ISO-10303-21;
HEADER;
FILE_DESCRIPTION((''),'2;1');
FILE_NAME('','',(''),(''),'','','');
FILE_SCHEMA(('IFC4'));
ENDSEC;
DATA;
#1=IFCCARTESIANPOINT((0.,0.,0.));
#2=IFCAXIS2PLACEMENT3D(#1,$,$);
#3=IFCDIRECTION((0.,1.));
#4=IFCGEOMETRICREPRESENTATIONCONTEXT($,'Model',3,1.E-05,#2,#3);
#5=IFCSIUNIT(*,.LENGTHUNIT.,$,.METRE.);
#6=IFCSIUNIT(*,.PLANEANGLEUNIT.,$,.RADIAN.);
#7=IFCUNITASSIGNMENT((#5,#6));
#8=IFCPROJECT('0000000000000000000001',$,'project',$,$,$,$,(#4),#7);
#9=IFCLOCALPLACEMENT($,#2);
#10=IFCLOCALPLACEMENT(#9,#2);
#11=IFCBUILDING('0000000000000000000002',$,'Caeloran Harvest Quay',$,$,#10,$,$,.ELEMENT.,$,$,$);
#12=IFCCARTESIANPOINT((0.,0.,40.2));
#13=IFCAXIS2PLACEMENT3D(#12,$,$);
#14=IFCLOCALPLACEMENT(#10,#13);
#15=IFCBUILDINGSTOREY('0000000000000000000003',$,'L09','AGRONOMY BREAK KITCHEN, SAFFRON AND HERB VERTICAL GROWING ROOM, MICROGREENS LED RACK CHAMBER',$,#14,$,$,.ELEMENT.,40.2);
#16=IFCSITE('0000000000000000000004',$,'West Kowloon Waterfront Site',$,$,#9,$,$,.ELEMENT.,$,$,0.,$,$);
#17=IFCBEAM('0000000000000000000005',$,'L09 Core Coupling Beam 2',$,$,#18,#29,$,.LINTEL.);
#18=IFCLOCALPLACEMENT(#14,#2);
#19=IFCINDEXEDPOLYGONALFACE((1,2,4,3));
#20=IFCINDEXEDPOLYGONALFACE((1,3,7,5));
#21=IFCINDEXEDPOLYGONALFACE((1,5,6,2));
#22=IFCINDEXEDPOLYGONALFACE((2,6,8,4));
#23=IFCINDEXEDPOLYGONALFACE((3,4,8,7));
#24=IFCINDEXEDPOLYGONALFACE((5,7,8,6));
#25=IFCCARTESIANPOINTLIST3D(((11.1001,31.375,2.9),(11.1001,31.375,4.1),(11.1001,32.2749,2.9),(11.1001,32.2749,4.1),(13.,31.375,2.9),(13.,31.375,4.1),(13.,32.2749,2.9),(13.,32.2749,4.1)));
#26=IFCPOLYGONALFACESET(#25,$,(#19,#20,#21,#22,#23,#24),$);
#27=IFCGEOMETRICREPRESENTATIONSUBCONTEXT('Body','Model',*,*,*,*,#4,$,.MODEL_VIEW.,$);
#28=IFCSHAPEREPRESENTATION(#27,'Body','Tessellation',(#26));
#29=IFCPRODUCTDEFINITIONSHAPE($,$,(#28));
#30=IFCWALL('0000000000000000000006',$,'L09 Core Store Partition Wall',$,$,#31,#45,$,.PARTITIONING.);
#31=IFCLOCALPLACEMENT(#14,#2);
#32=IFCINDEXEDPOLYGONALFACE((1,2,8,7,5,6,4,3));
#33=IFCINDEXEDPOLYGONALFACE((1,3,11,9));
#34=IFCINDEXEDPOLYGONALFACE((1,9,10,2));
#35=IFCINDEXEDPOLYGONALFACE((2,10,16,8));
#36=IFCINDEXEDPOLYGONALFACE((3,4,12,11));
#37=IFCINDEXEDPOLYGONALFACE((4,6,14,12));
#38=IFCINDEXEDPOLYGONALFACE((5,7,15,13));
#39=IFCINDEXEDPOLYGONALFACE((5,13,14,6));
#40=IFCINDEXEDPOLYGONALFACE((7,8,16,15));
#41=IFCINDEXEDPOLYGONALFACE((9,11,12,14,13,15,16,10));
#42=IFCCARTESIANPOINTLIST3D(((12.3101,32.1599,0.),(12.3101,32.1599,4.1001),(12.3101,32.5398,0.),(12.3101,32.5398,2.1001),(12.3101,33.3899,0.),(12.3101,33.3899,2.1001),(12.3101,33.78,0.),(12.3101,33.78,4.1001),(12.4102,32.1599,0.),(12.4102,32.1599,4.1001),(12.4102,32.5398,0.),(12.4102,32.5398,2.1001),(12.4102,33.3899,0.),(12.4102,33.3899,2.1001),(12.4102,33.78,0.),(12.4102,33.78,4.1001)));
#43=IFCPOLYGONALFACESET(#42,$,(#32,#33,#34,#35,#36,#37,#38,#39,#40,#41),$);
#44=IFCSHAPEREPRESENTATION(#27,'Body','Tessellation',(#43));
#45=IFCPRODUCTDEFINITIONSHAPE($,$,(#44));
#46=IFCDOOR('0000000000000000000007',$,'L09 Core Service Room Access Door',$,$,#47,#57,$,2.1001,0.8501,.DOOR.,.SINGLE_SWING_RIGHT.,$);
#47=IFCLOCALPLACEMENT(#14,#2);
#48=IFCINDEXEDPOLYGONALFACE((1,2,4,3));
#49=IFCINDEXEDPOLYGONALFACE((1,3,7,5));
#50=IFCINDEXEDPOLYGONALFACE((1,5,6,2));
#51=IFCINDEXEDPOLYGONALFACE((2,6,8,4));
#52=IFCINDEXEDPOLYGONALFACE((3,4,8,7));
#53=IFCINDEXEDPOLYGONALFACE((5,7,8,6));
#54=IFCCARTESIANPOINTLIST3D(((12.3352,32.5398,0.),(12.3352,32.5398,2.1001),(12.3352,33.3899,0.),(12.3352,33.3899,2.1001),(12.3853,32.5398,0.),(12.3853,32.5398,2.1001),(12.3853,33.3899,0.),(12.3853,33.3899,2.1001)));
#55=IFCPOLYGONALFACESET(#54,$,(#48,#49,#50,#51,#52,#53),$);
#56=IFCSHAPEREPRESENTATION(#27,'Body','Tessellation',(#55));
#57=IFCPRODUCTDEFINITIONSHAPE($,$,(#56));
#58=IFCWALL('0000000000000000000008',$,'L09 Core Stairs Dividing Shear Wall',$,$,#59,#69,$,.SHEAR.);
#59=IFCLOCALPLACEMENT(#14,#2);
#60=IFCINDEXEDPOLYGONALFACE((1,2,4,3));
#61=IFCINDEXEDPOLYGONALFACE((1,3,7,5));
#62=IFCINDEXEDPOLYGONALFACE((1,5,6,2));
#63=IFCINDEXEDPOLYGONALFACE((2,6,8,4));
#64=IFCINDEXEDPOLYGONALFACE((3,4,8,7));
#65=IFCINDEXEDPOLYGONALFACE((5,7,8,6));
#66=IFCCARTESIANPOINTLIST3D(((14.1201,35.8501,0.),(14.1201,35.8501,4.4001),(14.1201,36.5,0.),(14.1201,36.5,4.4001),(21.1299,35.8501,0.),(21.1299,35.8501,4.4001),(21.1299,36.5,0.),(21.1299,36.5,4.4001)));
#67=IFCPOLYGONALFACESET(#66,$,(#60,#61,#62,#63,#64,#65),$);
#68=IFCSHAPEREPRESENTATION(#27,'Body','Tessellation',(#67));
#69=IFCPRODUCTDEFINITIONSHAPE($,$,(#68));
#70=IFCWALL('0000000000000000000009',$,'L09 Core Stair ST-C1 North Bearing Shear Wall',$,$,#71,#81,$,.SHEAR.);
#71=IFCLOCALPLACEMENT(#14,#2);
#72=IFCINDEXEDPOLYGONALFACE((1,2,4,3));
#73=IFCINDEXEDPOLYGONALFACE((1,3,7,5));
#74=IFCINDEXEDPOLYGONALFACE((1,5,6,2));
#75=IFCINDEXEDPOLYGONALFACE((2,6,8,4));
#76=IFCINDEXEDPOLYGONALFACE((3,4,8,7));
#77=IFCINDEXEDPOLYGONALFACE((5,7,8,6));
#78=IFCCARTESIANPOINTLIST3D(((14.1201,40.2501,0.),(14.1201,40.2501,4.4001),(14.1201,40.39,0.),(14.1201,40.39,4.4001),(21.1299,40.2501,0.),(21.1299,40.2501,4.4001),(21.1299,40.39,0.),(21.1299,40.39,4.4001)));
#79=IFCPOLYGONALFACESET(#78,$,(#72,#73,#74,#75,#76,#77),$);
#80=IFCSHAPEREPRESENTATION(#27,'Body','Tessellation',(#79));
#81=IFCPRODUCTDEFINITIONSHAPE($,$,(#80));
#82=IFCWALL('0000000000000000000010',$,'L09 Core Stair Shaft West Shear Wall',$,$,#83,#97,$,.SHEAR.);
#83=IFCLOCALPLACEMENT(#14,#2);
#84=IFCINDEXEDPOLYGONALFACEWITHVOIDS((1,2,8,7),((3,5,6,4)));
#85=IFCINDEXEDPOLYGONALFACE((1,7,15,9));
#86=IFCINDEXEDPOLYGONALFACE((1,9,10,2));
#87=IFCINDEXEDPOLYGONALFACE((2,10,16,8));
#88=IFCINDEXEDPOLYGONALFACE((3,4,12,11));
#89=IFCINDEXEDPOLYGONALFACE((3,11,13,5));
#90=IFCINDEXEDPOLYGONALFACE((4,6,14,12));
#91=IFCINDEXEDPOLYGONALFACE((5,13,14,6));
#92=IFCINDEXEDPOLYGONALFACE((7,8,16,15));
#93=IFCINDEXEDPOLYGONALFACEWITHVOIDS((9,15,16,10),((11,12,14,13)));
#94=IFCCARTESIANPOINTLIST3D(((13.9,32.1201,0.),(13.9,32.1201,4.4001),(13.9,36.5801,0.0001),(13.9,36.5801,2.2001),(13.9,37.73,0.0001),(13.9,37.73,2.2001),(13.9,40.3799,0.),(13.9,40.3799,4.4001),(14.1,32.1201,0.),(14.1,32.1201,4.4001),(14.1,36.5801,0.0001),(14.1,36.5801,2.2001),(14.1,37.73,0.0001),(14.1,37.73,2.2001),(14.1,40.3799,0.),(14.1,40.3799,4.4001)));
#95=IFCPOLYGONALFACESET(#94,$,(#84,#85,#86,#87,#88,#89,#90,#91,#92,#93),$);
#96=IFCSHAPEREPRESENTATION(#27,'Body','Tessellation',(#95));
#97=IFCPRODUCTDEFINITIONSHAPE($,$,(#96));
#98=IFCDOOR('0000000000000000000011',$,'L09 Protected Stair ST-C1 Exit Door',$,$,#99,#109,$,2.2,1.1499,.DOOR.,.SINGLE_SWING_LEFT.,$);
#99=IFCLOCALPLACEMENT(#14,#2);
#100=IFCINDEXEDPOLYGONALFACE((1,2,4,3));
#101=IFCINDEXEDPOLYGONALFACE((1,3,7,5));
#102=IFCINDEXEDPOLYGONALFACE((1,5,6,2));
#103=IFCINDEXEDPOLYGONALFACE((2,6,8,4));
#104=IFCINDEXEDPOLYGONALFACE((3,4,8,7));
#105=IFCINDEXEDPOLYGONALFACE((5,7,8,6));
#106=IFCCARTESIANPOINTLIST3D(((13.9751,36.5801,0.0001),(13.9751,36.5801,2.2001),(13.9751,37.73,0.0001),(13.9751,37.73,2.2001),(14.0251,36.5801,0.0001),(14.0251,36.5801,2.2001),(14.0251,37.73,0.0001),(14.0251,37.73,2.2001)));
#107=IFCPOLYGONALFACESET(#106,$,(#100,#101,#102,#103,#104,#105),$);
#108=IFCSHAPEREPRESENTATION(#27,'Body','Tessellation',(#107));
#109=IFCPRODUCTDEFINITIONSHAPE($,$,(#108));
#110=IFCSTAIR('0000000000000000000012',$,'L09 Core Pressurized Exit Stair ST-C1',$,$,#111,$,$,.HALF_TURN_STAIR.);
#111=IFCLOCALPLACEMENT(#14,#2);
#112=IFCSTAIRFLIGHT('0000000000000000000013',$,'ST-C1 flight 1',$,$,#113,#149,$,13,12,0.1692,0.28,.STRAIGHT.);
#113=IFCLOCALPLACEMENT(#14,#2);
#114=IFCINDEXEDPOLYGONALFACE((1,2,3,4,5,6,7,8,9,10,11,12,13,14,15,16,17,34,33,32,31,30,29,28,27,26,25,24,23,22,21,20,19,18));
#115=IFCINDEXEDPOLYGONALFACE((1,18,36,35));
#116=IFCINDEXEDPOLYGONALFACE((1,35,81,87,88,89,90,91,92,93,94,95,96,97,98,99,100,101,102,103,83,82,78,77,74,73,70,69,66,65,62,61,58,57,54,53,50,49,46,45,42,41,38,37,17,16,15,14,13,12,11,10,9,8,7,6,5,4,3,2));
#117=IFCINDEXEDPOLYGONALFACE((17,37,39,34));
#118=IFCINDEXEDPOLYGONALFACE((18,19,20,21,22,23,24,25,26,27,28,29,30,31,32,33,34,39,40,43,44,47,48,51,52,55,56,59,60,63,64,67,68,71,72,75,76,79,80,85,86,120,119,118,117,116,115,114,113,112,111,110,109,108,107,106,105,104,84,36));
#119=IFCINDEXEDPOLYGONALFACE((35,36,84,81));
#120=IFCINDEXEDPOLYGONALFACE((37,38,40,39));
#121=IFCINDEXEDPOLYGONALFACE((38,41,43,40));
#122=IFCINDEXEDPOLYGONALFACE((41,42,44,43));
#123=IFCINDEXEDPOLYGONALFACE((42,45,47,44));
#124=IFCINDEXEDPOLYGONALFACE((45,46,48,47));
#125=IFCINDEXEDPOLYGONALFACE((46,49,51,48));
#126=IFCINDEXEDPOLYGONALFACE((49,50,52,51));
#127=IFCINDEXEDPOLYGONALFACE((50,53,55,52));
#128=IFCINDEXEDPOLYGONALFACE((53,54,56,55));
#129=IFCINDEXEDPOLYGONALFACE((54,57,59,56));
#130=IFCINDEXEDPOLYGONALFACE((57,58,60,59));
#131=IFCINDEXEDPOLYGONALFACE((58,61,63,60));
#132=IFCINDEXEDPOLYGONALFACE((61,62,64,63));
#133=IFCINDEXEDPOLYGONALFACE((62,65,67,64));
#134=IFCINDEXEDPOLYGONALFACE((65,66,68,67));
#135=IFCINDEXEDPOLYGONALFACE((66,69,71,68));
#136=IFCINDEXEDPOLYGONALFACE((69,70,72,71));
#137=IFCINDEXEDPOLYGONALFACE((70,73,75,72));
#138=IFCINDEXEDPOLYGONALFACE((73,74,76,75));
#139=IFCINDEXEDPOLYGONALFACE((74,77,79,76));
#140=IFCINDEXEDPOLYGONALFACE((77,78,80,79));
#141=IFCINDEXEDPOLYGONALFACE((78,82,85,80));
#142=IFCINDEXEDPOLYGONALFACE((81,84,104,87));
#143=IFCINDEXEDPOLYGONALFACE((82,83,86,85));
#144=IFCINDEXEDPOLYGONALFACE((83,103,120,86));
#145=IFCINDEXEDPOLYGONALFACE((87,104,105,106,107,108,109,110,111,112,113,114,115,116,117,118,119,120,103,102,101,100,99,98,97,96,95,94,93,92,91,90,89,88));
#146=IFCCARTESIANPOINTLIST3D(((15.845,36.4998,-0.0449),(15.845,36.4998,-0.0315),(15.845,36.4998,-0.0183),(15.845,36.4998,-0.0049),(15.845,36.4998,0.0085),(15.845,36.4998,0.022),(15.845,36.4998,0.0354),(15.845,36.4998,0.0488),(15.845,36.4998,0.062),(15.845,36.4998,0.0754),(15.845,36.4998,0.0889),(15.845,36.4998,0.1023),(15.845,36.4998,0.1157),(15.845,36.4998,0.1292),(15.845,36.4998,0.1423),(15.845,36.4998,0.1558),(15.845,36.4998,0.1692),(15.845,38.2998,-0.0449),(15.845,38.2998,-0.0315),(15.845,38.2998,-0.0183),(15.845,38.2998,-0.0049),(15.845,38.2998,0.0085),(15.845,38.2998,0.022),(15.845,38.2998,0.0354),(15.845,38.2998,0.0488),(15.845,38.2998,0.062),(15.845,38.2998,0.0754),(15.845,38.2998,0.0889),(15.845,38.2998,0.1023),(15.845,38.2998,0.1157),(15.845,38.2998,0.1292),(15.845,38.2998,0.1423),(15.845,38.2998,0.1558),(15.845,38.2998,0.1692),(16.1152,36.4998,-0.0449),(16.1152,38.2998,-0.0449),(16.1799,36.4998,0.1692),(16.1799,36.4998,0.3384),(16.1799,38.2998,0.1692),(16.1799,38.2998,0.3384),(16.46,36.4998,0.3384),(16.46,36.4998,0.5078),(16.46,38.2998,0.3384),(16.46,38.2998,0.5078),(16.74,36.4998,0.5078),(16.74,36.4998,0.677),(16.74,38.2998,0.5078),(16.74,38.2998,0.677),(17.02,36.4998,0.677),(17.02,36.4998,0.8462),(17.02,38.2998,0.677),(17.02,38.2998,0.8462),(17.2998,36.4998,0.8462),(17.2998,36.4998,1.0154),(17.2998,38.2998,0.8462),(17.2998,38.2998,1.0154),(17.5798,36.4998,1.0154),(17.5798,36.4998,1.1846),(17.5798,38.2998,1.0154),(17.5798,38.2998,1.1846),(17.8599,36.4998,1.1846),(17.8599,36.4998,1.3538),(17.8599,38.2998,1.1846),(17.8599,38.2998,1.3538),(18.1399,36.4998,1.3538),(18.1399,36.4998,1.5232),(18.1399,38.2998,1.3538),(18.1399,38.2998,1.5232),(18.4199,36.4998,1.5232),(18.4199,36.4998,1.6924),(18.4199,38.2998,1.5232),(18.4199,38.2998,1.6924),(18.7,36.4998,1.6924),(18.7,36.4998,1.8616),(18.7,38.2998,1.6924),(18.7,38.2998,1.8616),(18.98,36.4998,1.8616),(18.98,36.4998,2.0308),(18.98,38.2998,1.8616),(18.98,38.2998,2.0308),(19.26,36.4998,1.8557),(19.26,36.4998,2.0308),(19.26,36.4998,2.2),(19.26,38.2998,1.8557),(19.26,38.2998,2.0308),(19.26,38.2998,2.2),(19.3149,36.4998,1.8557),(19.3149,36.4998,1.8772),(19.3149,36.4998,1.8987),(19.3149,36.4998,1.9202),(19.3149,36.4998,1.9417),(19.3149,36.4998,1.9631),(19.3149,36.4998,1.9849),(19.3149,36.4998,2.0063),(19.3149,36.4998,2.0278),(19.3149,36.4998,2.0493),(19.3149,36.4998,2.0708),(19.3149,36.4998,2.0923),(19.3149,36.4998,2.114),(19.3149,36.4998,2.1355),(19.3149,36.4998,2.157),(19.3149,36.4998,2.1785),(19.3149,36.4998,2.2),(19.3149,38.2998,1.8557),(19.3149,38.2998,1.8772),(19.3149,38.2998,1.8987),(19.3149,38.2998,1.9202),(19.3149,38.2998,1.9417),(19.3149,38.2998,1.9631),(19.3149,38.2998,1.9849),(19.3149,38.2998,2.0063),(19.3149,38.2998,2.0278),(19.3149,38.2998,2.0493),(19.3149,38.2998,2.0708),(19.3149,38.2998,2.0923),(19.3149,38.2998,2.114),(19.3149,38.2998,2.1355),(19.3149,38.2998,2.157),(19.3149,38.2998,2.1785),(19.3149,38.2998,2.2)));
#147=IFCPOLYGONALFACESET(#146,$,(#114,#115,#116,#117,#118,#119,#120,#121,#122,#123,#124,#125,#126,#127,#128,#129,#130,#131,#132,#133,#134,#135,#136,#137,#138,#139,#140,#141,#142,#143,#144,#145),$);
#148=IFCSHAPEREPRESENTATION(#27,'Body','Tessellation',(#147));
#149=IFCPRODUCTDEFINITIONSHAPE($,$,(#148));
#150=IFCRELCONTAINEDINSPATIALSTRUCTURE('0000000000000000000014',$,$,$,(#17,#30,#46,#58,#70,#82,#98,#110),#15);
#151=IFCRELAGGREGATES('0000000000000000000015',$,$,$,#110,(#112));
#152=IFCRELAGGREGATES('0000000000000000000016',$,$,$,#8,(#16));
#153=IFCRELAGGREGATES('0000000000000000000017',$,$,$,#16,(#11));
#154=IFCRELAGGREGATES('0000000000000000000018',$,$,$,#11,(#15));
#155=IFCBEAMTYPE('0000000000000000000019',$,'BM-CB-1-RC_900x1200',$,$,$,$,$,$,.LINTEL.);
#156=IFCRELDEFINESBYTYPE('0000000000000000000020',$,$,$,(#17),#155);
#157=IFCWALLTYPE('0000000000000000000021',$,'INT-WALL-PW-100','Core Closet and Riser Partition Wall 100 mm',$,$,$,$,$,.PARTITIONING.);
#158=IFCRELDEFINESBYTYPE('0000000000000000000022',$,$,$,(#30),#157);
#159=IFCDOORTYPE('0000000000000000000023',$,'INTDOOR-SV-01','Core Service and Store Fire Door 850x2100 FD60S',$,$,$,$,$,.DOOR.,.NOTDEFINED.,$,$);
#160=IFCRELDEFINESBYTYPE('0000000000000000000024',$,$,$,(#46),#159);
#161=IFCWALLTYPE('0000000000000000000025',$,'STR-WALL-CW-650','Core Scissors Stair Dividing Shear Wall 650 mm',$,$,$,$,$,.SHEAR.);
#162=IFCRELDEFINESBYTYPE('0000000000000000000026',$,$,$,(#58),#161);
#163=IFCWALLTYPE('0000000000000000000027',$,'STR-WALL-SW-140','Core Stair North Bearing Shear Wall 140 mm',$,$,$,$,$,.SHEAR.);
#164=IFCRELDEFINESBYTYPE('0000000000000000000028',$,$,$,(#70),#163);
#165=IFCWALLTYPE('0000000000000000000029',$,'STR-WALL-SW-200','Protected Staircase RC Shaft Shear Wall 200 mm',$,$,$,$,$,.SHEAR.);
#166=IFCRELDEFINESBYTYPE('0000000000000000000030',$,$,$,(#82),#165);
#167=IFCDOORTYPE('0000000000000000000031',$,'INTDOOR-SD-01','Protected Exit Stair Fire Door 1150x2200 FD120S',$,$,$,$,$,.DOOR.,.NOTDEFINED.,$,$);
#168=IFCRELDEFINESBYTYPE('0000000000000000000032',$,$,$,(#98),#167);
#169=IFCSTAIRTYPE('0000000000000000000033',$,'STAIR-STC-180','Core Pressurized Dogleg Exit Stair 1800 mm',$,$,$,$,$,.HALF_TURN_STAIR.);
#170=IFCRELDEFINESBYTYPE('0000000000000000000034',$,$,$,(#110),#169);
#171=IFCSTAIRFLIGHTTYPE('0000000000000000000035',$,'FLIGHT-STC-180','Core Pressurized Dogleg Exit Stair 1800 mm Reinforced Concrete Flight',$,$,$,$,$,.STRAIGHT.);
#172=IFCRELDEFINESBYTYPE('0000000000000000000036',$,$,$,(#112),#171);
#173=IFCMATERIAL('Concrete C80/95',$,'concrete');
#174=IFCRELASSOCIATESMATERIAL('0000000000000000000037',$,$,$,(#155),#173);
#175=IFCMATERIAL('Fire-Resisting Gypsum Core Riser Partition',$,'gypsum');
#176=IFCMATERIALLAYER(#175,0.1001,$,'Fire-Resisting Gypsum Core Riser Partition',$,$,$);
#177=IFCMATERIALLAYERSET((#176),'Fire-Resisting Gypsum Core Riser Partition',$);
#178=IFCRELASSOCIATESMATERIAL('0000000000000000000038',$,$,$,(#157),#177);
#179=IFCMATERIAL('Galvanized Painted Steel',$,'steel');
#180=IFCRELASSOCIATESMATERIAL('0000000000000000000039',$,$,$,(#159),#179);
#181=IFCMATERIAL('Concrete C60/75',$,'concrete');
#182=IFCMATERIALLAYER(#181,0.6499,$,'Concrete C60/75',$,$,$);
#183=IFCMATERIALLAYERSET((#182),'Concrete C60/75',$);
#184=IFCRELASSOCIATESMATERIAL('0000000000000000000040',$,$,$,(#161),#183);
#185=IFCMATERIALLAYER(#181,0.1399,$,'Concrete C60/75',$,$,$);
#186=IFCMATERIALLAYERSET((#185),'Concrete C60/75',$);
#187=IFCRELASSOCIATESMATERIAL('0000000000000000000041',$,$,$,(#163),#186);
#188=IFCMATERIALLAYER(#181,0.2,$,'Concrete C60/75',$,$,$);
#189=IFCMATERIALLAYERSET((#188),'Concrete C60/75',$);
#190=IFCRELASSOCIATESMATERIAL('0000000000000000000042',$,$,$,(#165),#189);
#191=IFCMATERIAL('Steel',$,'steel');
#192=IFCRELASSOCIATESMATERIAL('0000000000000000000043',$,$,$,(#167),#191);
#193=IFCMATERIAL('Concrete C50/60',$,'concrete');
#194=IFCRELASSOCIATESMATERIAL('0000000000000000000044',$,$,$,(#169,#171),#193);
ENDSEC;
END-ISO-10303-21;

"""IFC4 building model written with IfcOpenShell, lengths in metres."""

from ifc_helpers import new_model, si_unit, direction, frame, frame_2d, origin, origin_2d, place, context, subcontext, project, spatial, polyline, rectangle, outline, extrude, material, layer, layer_set, material_profile, profile_set, type_object, element, fill, aggregate, save


model = new_model("IFC4")

# Units and contexts
model_context = context("Model", 3, precision=1e-05, world=origin(), true_north=direction((0.0, 1.0)))
body_context = subcontext(model_context, "Body", "Model", "MODEL_VIEW")
ifc_project = project(units=[si_unit("LENGTHUNIT", "METRE"), si_unit("PLANEANGLEUNIT", "RADIAN")], contexts=[model_context])

# Site, building, storey
site_placement = place(None, origin())
site = spatial("IfcSite", under=ifc_project, at=site_placement, Name="West Kowloon Waterfront Site", CompositionType="ELEMENT", RefElevation=0.0)
building_placement = place(site_placement, origin())
building = spatial("IfcBuilding", under=site, at=building_placement, Name="Caeloran Harvest Quay", CompositionType="ELEMENT")
storey_placement = place(building_placement, frame((0.0, 0.0, 40.2)))
storey = spatial("IfcBuildingStorey", under=building, at=storey_placement, Name="L09", Description="AGRONOMY BREAK KITCHEN, SAFFRON AND HERB VERTICAL GROWING ROOM, MICROGREENS LED RACK CHAMBER", CompositionType="ELEMENT", Elevation=40.2)

# Beam
ifc_material_1 = material(Name="Concrete C80/95", Category="concrete")
ifc_material_profile = material_profile(ifc_material_1, rectangle(XDim=0.8999, YDim=1.2, at=origin_2d()), Name="RC 900x1200")
ifc_profile_set = profile_set([ifc_material_profile], Name="Concrete C80/95")
beam_type = type_object("IfcBeamType", Name="BM-CB-1-RC_900x1200", PredefinedType="LINTEL", material=ifc_profile_set)
beam_placement = place(storey_placement, frame((11.1001, 31.825, 3.5), z_axis=(1.0, 0.0, 0.0), x_axis=(0.0, 1.0, 0.0)))
element("IfcBeam", 1, at=beam_placement, inside=storey, type_object=beam_type, Name="L09 Core Coupling Beam 2", PredefinedType="LINTEL", context=body_context, shape_type="SweptSolid", body=[
    extrude(rectangle(XDim=0.8999, YDim=1.2, at=origin_2d()), origin(), (0.0, 0.0, 1.0), 1.8999),
])

# Wall, opening, door
ifc_material_2 = material(Name="Fire-Resisting Gypsum Core Riser Partition", Category="gypsum")
ifc_layer_1 = layer(ifc_material_2, 0.1001, Name="Fire-Resisting Gypsum Core Riser Partition")
ifc_layer_set_1 = layer_set([ifc_layer_1], Name="Fire-Resisting Gypsum Core Riser Partition")
wall_type_1 = type_object("IfcWallType", Name="INT-WALL-PW-100", Description="Core Closet and Riser Partition Wall 100 mm", PredefinedType="PARTITIONING", material=ifc_layer_set_1)
wall_1_placement = place(storey_placement, frame((12.3601, 32.1599, 0.0), z_axis=(0.0, 0.0, 1.0), x_axis=(0.0, 1.0, 0.0)))
wall_1 = element("IfcWall", 2, at=wall_1_placement, inside=storey, type_object=wall_type_1, Name="L09 Core Store Partition Wall", PredefinedType="PARTITIONING", context=body_context, shape_type="SweptSolid", body=[
    extrude(rectangle(XDim=1.6201, YDim=0.1001, at=frame_2d((0.8101, 0.0))), origin(), (0.0, 0.0, 1.0), 4.1001),
])
opening_1_placement = place(wall_1_placement, frame((0.3799, 0.0, 0.0)))
opening_1 = element("IfcOpeningElement", 3, at=opening_1_placement, cuts=wall_1, PredefinedType="OPENING", context=body_context, shape_type="SweptSolid", body=[
    extrude(rectangle(XDim=0.8501, YDim=2.1001, at=frame_2d((0.425, 1.05))), frame((0.0, 0.0601, 0.0), z_axis=(0.0, -1.0, 0.0), x_axis=(1.0, 0.0, 0.0)), (0.0, 0.0, 1.0), 0.1201),
])
ifc_material_3 = material(Name="Galvanized Painted Steel", Category="steel")
door_type_1 = type_object("IfcDoorType", Name="INTDOOR-SV-01", Description="Core Service and Store Fire Door 850x2100 FD60S", OperationType="NOTDEFINED", PredefinedType="DOOR", material=ifc_material_3)
door_1_placement = place(opening_1_placement, origin())
door_1 = element("IfcDoor", 4, at=door_1_placement, inside=storey, type_object=door_type_1, Name="L09 Core Service Room Access Door", OperationType="SINGLE_SWING_RIGHT", OverallHeight=2.1001, OverallWidth=0.8501, PredefinedType="DOOR", context=body_context, shape_type="SweptSolid", body=[
    extrude(rectangle(XDim=0.8501, YDim=2.1001, at=frame_2d((0.425, 1.05))), frame((0.0, 0.0249, 0.0), z_axis=(0.0, -1.0, 0.0), x_axis=(1.0, 0.0, 0.0)), (0.0, 0.0, 1.0), 0.05),
])
fill(opening_1, door_1)

# Walls
ifc_material_4 = material(Name="Concrete C60/75", Category="concrete")
ifc_layer_2 = layer(ifc_material_4, 0.6499, Name="Concrete C60/75")
ifc_layer_set_2 = layer_set([ifc_layer_2], Name="Concrete C60/75")
wall_type_2 = type_object("IfcWallType", Name="STR-WALL-CW-650", Description="Core Scissors Stair Dividing Shear Wall 650 mm", PredefinedType="SHEAR", material=ifc_layer_set_2)
wall_2_placement = place(storey_placement, frame((14.1201, 36.175, 0.0), z_axis=(0.0, 0.0, 1.0), x_axis=(1.0, 0.0, 0.0)))
element("IfcWall", 5, at=wall_2_placement, inside=storey, type_object=wall_type_2, Name="L09 Core Stairs Dividing Shear Wall", PredefinedType="SHEAR", context=body_context, shape_type="SweptSolid", body=[
    extrude(rectangle(XDim=7.0098, YDim=0.6499, at=frame_2d((3.5049, 0.0))), origin(), (0.0, 0.0, 1.0), 4.4001),
])
ifc_layer_3 = layer(ifc_material_4, 0.1399, Name="Concrete C60/75")
ifc_layer_set_3 = layer_set([ifc_layer_3], Name="Concrete C60/75")
wall_type_3 = type_object("IfcWallType", Name="STR-WALL-SW-140", Description="Core Stair North Bearing Shear Wall 140 mm", PredefinedType="SHEAR", material=ifc_layer_set_3)
wall_3_placement = place(storey_placement, frame((14.1201, 40.3201, 0.0), z_axis=(0.0, 0.0, 1.0), x_axis=(1.0, 0.0, 0.0)))
element("IfcWall", 6, at=wall_3_placement, inside=storey, type_object=wall_type_3, Name="L09 Core Stair ST-C1 North Bearing Shear Wall", PredefinedType="SHEAR", context=body_context, shape_type="SweptSolid", body=[
    extrude(rectangle(XDim=7.0098, YDim=0.1399, at=frame_2d((3.5049, 0.0))), origin(), (0.0, 0.0, 1.0), 4.4001),
])

# Wall, opening, door
ifc_layer_4 = layer(ifc_material_4, 0.2, Name="Concrete C60/75")
ifc_layer_set_4 = layer_set([ifc_layer_4], Name="Concrete C60/75")
wall_type_4 = type_object("IfcWallType", Name="STR-WALL-SW-200", Description="Protected Staircase RC Shaft Shear Wall 200 mm", PredefinedType="SHEAR", material=ifc_layer_set_4)
wall_4_placement = place(storey_placement, frame((14.0, 32.1201, 0.0), z_axis=(0.0, 0.0, 1.0), x_axis=(0.0, 1.0, 0.0)))
wall_4 = element("IfcWall", 7, at=wall_4_placement, inside=storey, type_object=wall_type_4, Name="L09 Core Stair Shaft West Shear Wall", PredefinedType="SHEAR", context=body_context, shape_type="SweptSolid", body=[
    extrude(rectangle(XDim=8.2598, YDim=0.2, at=frame_2d((4.1299, 0.0))), origin(), (0.0, 0.0, 1.0), 4.4001),
])
opening_2_placement = place(wall_4_placement, frame((4.46, 0.0, 0.0)))
opening_2 = element("IfcOpeningElement", 8, at=opening_2_placement, cuts=wall_4, PredefinedType="OPENING", context=body_context, shape_type="SweptSolid", body=[
    extrude(rectangle(XDim=1.1499, YDim=2.2, at=frame_2d((0.575, 1.1001))), frame((0.0, 0.1099, 0.0), z_axis=(0.0, -1.0, 0.0), x_axis=(1.0, 0.0, 0.0)), (0.0, 0.0, 1.0), 0.22),
])
ifc_material_5 = material(Name="Steel", Category="steel")
door_type_2 = type_object("IfcDoorType", Name="INTDOOR-SD-01", Description="Protected Exit Stair Fire Door 1150x2200 FD120S", OperationType="NOTDEFINED", PredefinedType="DOOR", material=ifc_material_5)
door_2_placement = place(opening_2_placement, origin())
door_2 = element("IfcDoor", 9, at=door_2_placement, inside=storey, type_object=door_type_2, Name="L09 Protected Stair ST-C1 Exit Door", OperationType="SINGLE_SWING_LEFT", OverallHeight=2.2, OverallWidth=1.1499, PredefinedType="DOOR", context=body_context, shape_type="SweptSolid", body=[
    extrude(rectangle(XDim=1.1499, YDim=2.2, at=frame_2d((0.575, 1.1001))), frame((0.0, 0.0249, 0.0), z_axis=(0.0, -1.0, 0.0), x_axis=(1.0, 0.0, 0.0)), (0.0, 0.0, 1.0), 0.05),
])
fill(opening_2, door_2)

# Stair, stair flight
ifc_material_6 = material(Name="Concrete C50/60", Category="concrete")
stair_type = type_object("IfcStairType", Name="STAIR-STC-180", Description="Core Pressurized Dogleg Exit Stair 1800 mm", PredefinedType="HALF_TURN_STAIR", material=ifc_material_6)
stair_1_placement = place(storey_placement, origin())
stair_1 = element("IfcStair", 10, at=stair_1_placement, inside=storey, type_object=stair_type, Name="L09 Core Pressurized Exit Stair ST-C1", PredefinedType="HALF_TURN_STAIR")
stair_flight_type = type_object("IfcStairFlightType", Name="FLIGHT-STC-180", Description="Core Pressurized Dogleg Exit Stair 1800 mm Reinforced Concrete Flight", PredefinedType="STRAIGHT", material=ifc_material_6)
stair_flight_1_placement = place(storey_placement, frame((15.8999, 37.3999, 0.0), z_axis=(0.0, 0.0, 1.0), x_axis=(1.0, 0.0, 0.0)))
stair_flight_1 = element("IfcStairFlight", 11, at=stair_flight_1_placement, type_object=stair_flight_type, Name="ST-C1 flight 1", NumberOfRisers=13, NumberOfTreads=12, PredefinedType="STRAIGHT", RiserHeight=0.1692, TreadLength=0.28, context=body_context, shape_type="SweptSolid", body=[
    extrude(outline(polyline([(-0.0549, -0.0449), (-0.0549, -0.0315), (-0.0549, -0.0183), (-0.0549, -0.0049), (-0.0549, 0.0085), (-0.0549, 0.022), (-0.0549, 0.0354), (-0.0549, 0.0488), (-0.0549, 0.062), (-0.0549, 0.0754), (-0.0549, 0.0889), (-0.0549, 0.1023), (-0.0549, 0.1157), (-0.0549, 0.1292), (-0.0549, 0.1423), (-0.0549, 0.1558), (-0.0549, 0.1692), (0.28, 0.1692), (0.28, 0.3384), (0.5601, 0.3384), (0.5601, 0.5078), (0.8401, 0.5078), (0.8401, 0.677), (1.1201, 0.677), (1.1201, 0.8462), (1.3999, 0.8462), (1.3999, 1.0154), (1.6799, 1.0154), (1.6799, 1.1846), (1.96, 1.1846), (1.96, 1.3538), (2.24, 1.3538), (2.24, 1.5232), (2.52, 1.5232), (2.52, 1.6924), (2.8, 1.6924), (2.8, 1.8616), (3.0801, 1.8616), (3.0801, 2.0308), (3.3601, 2.0308), (3.3601, 2.2), (3.415, 2.2), (3.415, 2.1785), (3.415, 2.157), (3.415, 2.1355), (3.415, 2.114), (3.415, 2.0923), (3.415, 2.0708), (3.415, 2.0493), (3.415, 2.0278), (3.415, 2.0063), (3.415, 1.9849), (3.415, 1.9631), (3.415, 1.9417), (3.415, 1.9202), (3.415, 1.8987), (3.415, 1.8772), (3.415, 1.8557), (3.3601, 1.8557), (0.2153, -0.0449), (-0.0549, -0.0449)])), frame((0.0, 0.8999, 0.0), z_axis=(0.0, -1.0, 0.0), x_axis=(1.0, 0.0, 0.0)), (0.0, 0.0, 1.0), 1.8),
])
aggregate(stair_1, [stair_flight_1])

save(model, "model.ifc")
